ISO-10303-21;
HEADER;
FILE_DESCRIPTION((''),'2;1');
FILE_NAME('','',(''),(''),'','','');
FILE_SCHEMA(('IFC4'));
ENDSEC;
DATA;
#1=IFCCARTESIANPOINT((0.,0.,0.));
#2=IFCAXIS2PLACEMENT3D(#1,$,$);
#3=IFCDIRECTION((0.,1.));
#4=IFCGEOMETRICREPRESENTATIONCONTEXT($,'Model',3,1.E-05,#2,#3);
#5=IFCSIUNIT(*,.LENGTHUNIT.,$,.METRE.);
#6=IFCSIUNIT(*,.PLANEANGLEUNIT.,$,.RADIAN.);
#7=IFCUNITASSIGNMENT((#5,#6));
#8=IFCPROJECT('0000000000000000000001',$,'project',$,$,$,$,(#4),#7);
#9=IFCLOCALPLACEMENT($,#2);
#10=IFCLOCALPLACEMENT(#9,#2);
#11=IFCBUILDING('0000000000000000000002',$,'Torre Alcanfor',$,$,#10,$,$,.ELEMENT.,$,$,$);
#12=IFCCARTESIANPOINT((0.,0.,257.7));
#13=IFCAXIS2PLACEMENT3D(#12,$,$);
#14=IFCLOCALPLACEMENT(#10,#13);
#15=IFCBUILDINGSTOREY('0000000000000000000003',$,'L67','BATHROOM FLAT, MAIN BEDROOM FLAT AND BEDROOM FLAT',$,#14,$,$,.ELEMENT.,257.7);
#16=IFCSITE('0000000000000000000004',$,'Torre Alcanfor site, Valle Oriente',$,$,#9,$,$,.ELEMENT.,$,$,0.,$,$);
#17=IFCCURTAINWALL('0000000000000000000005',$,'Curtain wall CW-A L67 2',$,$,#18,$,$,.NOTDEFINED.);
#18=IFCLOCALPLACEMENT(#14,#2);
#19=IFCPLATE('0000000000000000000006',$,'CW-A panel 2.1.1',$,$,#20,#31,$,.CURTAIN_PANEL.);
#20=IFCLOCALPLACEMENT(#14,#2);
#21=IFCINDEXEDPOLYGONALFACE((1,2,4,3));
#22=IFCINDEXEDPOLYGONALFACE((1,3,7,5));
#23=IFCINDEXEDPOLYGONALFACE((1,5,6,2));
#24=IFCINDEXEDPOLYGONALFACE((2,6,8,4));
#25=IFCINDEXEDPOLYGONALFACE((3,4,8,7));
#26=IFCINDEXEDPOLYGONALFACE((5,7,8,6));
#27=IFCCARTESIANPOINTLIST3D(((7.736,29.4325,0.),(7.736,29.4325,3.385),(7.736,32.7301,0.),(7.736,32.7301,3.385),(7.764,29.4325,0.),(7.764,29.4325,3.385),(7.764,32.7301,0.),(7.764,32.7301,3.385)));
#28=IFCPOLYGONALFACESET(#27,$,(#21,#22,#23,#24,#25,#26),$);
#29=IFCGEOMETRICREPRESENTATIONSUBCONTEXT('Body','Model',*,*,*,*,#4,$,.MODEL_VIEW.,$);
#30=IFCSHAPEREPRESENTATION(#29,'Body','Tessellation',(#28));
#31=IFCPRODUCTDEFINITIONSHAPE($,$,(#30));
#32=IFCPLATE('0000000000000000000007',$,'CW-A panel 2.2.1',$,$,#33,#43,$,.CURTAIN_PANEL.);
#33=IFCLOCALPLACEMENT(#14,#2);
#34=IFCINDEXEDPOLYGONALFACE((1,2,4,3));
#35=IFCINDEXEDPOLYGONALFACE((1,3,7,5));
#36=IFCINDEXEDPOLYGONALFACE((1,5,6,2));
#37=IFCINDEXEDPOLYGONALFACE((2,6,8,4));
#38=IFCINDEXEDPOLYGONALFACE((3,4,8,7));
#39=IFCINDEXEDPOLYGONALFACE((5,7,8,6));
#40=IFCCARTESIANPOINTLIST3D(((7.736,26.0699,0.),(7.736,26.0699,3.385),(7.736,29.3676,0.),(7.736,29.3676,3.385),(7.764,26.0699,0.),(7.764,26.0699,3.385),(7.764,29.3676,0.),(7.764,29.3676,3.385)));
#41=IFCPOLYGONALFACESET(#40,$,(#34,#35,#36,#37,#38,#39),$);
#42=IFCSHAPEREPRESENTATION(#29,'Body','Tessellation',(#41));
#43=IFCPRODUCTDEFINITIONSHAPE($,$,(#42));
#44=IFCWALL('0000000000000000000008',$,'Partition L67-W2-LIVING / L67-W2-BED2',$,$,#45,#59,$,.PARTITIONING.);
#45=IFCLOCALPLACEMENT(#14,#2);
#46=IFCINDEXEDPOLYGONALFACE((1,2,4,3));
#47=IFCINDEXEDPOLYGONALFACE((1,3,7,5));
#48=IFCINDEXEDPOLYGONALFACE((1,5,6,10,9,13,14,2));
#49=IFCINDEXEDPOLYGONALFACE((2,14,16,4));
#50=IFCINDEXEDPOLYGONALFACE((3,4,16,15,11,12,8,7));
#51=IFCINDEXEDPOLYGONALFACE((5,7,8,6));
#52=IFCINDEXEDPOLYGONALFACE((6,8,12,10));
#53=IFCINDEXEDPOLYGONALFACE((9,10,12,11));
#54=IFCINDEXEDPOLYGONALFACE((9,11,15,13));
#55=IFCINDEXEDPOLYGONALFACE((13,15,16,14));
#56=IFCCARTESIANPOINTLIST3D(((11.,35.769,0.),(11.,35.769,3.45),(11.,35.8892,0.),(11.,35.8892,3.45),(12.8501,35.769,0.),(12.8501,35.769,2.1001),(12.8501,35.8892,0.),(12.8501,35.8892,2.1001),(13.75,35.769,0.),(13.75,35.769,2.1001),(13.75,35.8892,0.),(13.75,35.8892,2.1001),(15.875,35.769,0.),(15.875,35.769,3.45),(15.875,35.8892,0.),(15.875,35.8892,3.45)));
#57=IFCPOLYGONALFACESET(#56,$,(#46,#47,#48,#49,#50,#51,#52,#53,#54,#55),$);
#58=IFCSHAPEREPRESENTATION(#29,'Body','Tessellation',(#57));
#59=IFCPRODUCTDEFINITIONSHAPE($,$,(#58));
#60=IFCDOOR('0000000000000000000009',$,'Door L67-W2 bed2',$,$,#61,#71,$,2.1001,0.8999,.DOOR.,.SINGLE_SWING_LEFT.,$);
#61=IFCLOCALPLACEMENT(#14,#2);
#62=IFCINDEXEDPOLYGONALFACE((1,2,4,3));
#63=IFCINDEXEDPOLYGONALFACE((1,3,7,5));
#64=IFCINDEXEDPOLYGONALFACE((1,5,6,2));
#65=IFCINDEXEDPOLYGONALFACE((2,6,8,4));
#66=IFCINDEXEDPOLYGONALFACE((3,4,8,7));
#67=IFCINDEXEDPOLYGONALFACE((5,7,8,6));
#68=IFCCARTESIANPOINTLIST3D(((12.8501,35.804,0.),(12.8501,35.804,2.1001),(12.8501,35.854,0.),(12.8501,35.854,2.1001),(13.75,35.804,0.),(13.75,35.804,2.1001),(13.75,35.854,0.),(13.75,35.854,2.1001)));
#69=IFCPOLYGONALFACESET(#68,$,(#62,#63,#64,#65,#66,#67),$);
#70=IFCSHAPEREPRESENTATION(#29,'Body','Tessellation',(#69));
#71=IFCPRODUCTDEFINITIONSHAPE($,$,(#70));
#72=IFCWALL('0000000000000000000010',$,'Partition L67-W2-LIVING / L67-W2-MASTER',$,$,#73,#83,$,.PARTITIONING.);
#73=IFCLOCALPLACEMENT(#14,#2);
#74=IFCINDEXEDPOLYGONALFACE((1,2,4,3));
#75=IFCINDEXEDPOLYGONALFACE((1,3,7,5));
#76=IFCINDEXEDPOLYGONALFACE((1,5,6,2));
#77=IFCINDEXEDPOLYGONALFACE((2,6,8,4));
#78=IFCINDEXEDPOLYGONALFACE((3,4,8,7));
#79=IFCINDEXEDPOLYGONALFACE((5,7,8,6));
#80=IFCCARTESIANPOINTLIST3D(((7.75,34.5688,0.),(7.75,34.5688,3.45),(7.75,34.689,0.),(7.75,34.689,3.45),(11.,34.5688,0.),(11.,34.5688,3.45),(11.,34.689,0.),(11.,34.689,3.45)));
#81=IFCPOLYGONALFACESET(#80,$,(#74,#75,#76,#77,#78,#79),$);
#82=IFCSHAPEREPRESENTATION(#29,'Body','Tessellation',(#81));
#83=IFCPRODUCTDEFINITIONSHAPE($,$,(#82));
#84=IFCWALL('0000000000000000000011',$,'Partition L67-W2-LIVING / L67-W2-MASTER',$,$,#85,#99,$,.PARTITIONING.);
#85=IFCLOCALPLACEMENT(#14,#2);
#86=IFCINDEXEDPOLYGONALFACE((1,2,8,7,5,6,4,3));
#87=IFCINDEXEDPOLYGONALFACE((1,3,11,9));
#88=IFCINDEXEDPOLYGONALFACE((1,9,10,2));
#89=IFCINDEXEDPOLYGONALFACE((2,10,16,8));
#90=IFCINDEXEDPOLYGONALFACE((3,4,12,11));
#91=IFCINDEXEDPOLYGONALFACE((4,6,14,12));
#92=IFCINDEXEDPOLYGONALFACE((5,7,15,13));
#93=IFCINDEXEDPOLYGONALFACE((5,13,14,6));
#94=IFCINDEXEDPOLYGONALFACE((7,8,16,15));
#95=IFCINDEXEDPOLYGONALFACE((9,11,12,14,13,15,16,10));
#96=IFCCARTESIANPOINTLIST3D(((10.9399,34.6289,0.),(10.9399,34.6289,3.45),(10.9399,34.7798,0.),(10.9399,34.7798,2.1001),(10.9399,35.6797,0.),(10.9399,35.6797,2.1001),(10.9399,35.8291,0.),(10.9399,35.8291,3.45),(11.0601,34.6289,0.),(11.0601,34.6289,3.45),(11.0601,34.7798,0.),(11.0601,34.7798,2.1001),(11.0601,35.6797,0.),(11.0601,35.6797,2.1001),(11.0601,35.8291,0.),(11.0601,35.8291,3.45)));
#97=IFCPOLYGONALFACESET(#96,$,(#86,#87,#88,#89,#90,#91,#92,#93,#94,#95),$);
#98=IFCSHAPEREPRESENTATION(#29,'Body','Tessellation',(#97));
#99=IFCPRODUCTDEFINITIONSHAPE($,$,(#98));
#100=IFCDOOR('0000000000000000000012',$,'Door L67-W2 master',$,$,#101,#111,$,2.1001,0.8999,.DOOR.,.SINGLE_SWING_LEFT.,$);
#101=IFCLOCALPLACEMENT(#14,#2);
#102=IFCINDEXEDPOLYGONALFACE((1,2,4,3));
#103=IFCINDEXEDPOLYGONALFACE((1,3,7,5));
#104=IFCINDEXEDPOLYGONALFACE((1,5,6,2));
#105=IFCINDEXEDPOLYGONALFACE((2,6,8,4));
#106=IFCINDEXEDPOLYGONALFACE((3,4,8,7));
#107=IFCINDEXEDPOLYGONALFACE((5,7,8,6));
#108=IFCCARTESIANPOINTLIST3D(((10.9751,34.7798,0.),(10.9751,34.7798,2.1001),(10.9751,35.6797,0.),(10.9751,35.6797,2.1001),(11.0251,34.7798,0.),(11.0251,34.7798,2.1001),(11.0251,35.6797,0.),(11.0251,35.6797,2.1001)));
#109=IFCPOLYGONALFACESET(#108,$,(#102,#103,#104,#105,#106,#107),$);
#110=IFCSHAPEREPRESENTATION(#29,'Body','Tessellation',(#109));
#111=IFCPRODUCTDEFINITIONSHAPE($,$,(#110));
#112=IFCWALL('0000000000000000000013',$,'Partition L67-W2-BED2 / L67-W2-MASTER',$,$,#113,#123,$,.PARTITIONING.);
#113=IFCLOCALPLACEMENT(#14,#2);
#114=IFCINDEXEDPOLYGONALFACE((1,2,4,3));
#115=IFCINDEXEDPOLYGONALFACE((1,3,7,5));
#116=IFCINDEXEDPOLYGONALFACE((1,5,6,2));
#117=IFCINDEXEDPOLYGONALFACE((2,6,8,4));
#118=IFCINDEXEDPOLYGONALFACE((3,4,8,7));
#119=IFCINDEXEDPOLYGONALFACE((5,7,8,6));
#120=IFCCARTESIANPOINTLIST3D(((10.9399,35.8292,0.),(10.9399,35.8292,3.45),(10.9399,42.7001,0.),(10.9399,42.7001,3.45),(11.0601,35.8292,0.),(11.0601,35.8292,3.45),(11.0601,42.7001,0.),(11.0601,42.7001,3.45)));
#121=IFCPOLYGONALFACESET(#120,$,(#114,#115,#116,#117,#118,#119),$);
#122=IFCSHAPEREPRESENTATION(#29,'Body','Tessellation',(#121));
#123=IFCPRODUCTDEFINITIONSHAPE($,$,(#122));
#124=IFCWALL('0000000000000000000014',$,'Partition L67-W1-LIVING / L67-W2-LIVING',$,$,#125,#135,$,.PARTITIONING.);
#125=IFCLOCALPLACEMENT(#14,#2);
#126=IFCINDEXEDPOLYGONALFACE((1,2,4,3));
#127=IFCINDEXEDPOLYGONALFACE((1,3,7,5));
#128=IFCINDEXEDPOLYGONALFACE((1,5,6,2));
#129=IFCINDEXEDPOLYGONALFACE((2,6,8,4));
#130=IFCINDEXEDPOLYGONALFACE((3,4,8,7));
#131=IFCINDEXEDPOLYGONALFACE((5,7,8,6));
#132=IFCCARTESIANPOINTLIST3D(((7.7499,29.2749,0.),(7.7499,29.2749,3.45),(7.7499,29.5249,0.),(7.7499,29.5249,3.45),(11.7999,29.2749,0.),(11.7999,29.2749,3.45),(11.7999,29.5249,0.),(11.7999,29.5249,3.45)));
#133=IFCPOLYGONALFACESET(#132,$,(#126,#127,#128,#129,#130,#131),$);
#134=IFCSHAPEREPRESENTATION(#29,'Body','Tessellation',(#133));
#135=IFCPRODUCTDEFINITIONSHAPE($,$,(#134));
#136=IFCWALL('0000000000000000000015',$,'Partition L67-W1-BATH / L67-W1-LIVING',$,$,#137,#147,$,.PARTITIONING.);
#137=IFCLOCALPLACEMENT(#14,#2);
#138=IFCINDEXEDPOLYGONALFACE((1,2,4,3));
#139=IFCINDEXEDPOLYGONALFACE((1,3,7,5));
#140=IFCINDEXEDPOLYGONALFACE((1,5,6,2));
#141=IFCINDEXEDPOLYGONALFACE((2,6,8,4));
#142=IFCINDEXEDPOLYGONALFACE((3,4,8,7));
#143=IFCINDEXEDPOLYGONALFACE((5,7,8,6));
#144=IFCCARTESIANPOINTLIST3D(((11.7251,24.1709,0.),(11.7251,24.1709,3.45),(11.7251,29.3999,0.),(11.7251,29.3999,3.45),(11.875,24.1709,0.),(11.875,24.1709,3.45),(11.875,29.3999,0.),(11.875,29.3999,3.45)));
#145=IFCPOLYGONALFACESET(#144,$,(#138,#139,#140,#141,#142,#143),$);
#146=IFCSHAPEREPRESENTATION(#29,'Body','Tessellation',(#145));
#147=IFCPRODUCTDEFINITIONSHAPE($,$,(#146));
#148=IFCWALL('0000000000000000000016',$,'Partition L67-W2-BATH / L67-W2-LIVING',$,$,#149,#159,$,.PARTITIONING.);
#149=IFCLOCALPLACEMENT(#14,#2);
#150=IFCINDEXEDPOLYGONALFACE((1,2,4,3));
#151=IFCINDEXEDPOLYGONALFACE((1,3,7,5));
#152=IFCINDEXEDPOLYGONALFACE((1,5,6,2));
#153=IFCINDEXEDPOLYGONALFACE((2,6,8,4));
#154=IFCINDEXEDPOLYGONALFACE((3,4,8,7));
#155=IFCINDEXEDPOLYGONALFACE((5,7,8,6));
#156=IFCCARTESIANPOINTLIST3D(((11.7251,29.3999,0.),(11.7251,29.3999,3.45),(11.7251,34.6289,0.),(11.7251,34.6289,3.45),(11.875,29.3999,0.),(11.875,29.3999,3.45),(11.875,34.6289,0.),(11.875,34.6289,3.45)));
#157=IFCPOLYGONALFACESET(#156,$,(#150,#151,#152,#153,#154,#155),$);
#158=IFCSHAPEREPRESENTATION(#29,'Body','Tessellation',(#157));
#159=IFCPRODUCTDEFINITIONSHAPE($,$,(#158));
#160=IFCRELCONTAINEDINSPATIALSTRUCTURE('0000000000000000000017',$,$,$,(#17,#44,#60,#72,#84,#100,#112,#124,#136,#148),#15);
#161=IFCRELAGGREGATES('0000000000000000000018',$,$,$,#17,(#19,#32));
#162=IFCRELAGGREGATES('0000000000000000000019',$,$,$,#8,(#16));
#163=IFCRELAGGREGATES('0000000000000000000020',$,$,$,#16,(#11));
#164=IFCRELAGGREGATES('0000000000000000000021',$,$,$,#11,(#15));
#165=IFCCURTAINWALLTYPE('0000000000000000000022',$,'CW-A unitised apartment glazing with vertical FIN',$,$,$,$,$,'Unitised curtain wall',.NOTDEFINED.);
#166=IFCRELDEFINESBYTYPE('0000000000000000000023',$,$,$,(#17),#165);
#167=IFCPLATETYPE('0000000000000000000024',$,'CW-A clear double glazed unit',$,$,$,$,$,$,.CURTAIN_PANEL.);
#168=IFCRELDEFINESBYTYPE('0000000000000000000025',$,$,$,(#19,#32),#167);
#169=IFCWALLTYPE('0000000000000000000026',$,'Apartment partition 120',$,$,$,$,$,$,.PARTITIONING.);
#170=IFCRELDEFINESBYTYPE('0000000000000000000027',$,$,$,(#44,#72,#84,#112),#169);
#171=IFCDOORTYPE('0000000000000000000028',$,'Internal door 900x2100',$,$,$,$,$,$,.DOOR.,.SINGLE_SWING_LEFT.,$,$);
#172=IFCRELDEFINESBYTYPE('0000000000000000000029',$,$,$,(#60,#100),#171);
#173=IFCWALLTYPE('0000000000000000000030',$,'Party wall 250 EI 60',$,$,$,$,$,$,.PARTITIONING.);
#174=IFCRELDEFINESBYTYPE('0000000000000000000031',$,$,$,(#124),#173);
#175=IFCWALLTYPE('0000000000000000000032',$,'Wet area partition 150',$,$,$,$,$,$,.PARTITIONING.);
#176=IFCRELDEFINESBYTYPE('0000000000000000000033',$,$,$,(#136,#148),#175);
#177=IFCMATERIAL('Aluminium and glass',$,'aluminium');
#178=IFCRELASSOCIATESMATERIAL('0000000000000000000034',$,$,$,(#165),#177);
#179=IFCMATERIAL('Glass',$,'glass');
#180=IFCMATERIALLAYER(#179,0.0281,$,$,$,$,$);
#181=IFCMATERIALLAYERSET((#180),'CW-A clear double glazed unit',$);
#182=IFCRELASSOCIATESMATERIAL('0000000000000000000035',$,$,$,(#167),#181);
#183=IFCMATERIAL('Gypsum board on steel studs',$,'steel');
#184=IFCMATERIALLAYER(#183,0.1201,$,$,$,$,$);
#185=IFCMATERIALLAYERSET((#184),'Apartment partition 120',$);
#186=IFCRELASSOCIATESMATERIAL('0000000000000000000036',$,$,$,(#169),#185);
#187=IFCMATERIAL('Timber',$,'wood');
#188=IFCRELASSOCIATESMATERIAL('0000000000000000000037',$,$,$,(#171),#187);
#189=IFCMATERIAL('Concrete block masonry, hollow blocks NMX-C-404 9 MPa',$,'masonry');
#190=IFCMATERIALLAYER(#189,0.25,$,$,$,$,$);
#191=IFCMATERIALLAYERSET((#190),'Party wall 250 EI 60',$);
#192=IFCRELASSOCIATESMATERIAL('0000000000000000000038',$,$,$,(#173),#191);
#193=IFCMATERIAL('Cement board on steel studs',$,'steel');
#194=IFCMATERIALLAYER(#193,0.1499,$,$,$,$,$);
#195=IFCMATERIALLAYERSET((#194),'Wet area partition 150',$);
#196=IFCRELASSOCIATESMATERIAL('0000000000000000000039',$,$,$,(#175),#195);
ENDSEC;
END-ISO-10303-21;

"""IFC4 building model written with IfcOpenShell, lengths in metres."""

from ifc_helpers import new_model, si_unit, direction, frame, frame_2d, origin, origin_2d, place, context, subcontext, project, spatial, rectangle, extrude, material, layer, layer_set, type_object, element, fill, aggregate, save


model = new_model("IFC4")

# Units and contexts
model_context = context("Model", 3, precision=1e-05, world=origin(), true_north=direction((0.0, 1.0)))
body_context = subcontext(model_context, "Body", "Model", "MODEL_VIEW")
ifc_project = project(units=[si_unit("LENGTHUNIT", "METRE"), si_unit("PLANEANGLEUNIT", "RADIAN")], contexts=[model_context])

# Site, building, storey
site_placement = place(None, origin())
site = spatial("IfcSite", under=ifc_project, at=site_placement, Name="Torre Alcanfor site, Valle Oriente", CompositionType="ELEMENT", RefElevation=0.0)
building_placement = place(site_placement, origin())
building = spatial("IfcBuilding", under=site, at=building_placement, Name="Torre Alcanfor", CompositionType="ELEMENT")
storey_placement = place(building_placement, frame((0.0, 0.0, 257.7)))
storey = spatial("IfcBuildingStorey", under=building, at=storey_placement, Name="L67", Description="BATHROOM FLAT, MAIN BEDROOM FLAT AND BEDROOM FLAT", CompositionType="ELEMENT", Elevation=257.7)

# Curtain wall
ifc_material_1 = material(Name="Aluminium and glass", Category="aluminium")
curtain_wall_type = type_object("IfcCurtainWallType", Name="CW-A unitised apartment glazing with vertical FIN", ElementType="Unitised curtain wall", PredefinedType="NOTDEFINED", material=ifc_material_1)
curtain_wall_placement = place(storey_placement, origin())
curtain_wall = element("IfcCurtainWall", 1, at=curtain_wall_placement, inside=storey, type_object=curtain_wall_type, Name="Curtain wall CW-A L67 2", PredefinedType="NOTDEFINED")

# Plates
ifc_material_2 = material(Name="Glass", Category="glass")
ifc_layer_1 = layer(ifc_material_2, 0.0281)
ifc_layer_set_1 = layer_set([ifc_layer_1], Name="CW-A clear double glazed unit")
plate_type = type_object("IfcPlateType", Name="CW-A clear double glazed unit", PredefinedType="CURTAIN_PANEL", material=ifc_layer_set_1)
plate_1_placement = place(storey_placement, frame((7.75, 31.0813, 0.0), z_axis=(0.0, 0.0, 1.0), x_axis=(0.0, -1.0, 0.0)))
plate_1 = element("IfcPlate", 2, at=plate_1_placement, type_object=plate_type, Name="CW-A panel 2.1.1", PredefinedType="CURTAIN_PANEL", context=body_context, shape_type="SweptSolid", body=[
    extrude(rectangle(XDim=3.2976, YDim=0.0281, at=origin_2d()), origin(), (0.0, 0.0, 1.0), 3.385),
])
plate_2_placement = place(storey_placement, frame((7.75, 27.7188, 0.0), z_axis=(0.0, 0.0, 1.0), x_axis=(0.0, -1.0, 0.0)))
plate_2 = element("IfcPlate", 3, at=plate_2_placement, type_object=plate_type, Name="CW-A panel 2.2.1", PredefinedType="CURTAIN_PANEL", context=body_context, shape_type="SweptSolid", body=[
    extrude(rectangle(XDim=3.2976, YDim=0.0281, at=origin_2d()), origin(), (0.0, 0.0, 1.0), 3.385),
])
aggregate(curtain_wall, [plate_1, plate_2])

# Wall, opening, door
ifc_material_3 = material(Name="Gypsum board on steel studs", Category="steel")
ifc_layer_2 = layer(ifc_material_3, 0.1201)
ifc_layer_set_2 = layer_set([ifc_layer_2], Name="Apartment partition 120")
wall_type_1 = type_object("IfcWallType", Name="Apartment partition 120", PredefinedType="PARTITIONING", material=ifc_layer_set_2)
wall_1_placement = place(storey_placement, frame((11.0, 35.8291, 0.0), z_axis=(0.0, 0.0, 1.0), x_axis=(1.0, 0.0, 0.0)))
wall_1 = element("IfcWall", 4, at=wall_1_placement, inside=storey, type_object=wall_type_1, Name="Partition L67-W2-LIVING / L67-W2-BED2", PredefinedType="PARTITIONING", context=body_context, shape_type="SweptSolid", body=[
    extrude(rectangle(XDim=4.875, YDim=0.1201, at=frame_2d((2.4375, 0.0))), origin(), (0.0, 0.0, 1.0), 3.45),
])
opening_1_placement = place(wall_1_placement, frame((1.8501, 0.0, 0.0)))
opening_1 = element("IfcOpeningElement", 5, at=opening_1_placement, cuts=wall_1, PredefinedType="OPENING", context=body_context, shape_type="SweptSolid", body=[
    extrude(rectangle(XDim=0.8999, YDim=2.1001, at=frame_2d((0.45, 1.05))), frame((0.0, 0.0701, 0.0), z_axis=(0.0, -1.0, 0.0), x_axis=(1.0, 0.0, 0.0)), (0.0, 0.0, 1.0), 0.1401),
])
ifc_material_4 = material(Name="Timber", Category="wood")
door_type_1 = type_object("IfcDoorType", Name="Internal door 900x2100", OperationType="SINGLE_SWING_LEFT", PredefinedType="DOOR", material=ifc_material_4)
door_1_placement = place(opening_1_placement, origin())
door_1 = element("IfcDoor", 6, at=door_1_placement, inside=storey, type_object=door_type_1, Name="Door L67-W2 bed2", OperationType="SINGLE_SWING_LEFT", OverallHeight=2.1001, OverallWidth=0.8999, PredefinedType="DOOR", context=body_context, shape_type="SweptSolid", body=[
    extrude(rectangle(XDim=0.8999, YDim=2.1001, at=frame_2d((0.45, 1.05))), frame((0.0, 0.0249, 0.0), z_axis=(0.0, -1.0, 0.0), x_axis=(1.0, 0.0, 0.0)), (0.0, 0.0, 1.0), 0.05),
])
fill(opening_1, door_1)

# Wall
wall_2_placement = place(storey_placement, frame((7.75, 34.6289, 0.0), z_axis=(0.0, 0.0, 1.0), x_axis=(1.0, 0.0, 0.0)))
element("IfcWall", 7, at=wall_2_placement, inside=storey, type_object=wall_type_1, Name="Partition L67-W2-LIVING / L67-W2-MASTER", PredefinedType="PARTITIONING", context=body_context, shape_type="SweptSolid", body=[
    extrude(rectangle(XDim=3.25, YDim=0.1201, at=frame_2d((1.625, 0.0))), origin(), (0.0, 0.0, 1.0), 3.45),
])

# Wall, opening, door
wall_3_placement = place(storey_placement, frame((11.0, 34.6289, 0.0), z_axis=(0.0, 0.0, 1.0), x_axis=(0.0, 1.0, 0.0)))
wall_3 = element("IfcWall", 8, at=wall_3_placement, inside=storey, type_object=wall_type_1, Name="Partition L67-W2-LIVING / L67-W2-MASTER", PredefinedType="PARTITIONING", context=body_context, shape_type="SweptSolid", body=[
    extrude(rectangle(XDim=1.2002, YDim=0.1201, at=frame_2d((0.6001, 0.0))), origin(), (0.0, 0.0, 1.0), 3.45),
])
opening_2_placement = place(wall_3_placement, frame((0.1509, 0.0, 0.0)))
opening_2 = element("IfcOpeningElement", 9, at=opening_2_placement, cuts=wall_3, PredefinedType="OPENING", context=body_context, shape_type="SweptSolid", body=[
    extrude(rectangle(XDim=0.8999, YDim=2.1001, at=frame_2d((0.45, 1.05))), frame((0.0, 0.0701, 0.0), z_axis=(0.0, -1.0, 0.0), x_axis=(1.0, 0.0, 0.0)), (0.0, 0.0, 1.0), 0.1401),
])
door_2_placement = place(opening_2_placement, origin())
door_2 = element("IfcDoor", 10, at=door_2_placement, inside=storey, type_object=door_type_1, Name="Door L67-W2 master", OperationType="SINGLE_SWING_LEFT", OverallHeight=2.1001, OverallWidth=0.8999, PredefinedType="DOOR", context=body_context, shape_type="SweptSolid", body=[
    extrude(rectangle(XDim=0.8999, YDim=2.1001, at=frame_2d((0.45, 1.05))), frame((0.0, 0.0249, 0.0), z_axis=(0.0, -1.0, 0.0), x_axis=(1.0, 0.0, 0.0)), (0.0, 0.0, 1.0), 0.05),
])
fill(opening_2, door_2)

# Walls
wall_4_placement = place(storey_placement, frame((11.0, 35.8291, 0.0), z_axis=(0.0, 0.0, 1.0), x_axis=(0.0, 1.0, 0.0)))
element("IfcWall", 11, at=wall_4_placement, inside=storey, type_object=wall_type_1, Name="Partition L67-W2-BED2 / L67-W2-MASTER", PredefinedType="PARTITIONING", context=body_context, shape_type="SweptSolid", body=[
    extrude(rectangle(XDim=6.8708, YDim=0.1201, at=frame_2d((3.4355, 0.0))), origin(), (0.0, 0.0, 1.0), 3.45),
])
ifc_material_5 = material(Name="Concrete block masonry, hollow blocks NMX-C-404 9 MPa", Category="masonry")
ifc_layer_3 = layer(ifc_material_5, 0.25)
ifc_layer_set_3 = layer_set([ifc_layer_3], Name="Party wall 250 EI 60")
wall_type_2 = type_object("IfcWallType", Name="Party wall 250 EI 60", PredefinedType="PARTITIONING", material=ifc_layer_set_3)
wall_5_placement = place(storey_placement, frame((7.75, 29.3999, 0.0), z_axis=(0.0, 0.0, 1.0), x_axis=(1.0, 0.0, 0.0)))
element("IfcWall", 12, at=wall_5_placement, inside=storey, type_object=wall_type_2, Name="Partition L67-W1-LIVING / L67-W2-LIVING", PredefinedType="PARTITIONING", context=body_context, shape_type="SweptSolid", body=[
    extrude(rectangle(XDim=4.05, YDim=0.25, at=frame_2d((2.0249, 0.0))), origin(), (0.0, 0.0, 1.0), 3.45),
])
ifc_material_6 = material(Name="Cement board on steel studs", Category="steel")
ifc_layer_4 = layer(ifc_material_6, 0.1499)
ifc_layer_set_4 = layer_set([ifc_layer_4], Name="Wet area partition 150")
wall_type_3 = type_object("IfcWallType", Name="Wet area partition 150", PredefinedType="PARTITIONING", material=ifc_layer_set_4)
for number, where, z_axis, x_axis, name in (
    (13, (11.8, 29.3999, 0.0), (0.0, 0.0, 1.0), (0.0, -1.0, 0.0), "Partition L67-W1-BATH / L67-W1-LIVING"),
    (14, (11.8, 29.3999, 0.0), (0.0, 0.0, 1.0), (0.0, 1.0, 0.0), "Partition L67-W2-BATH / L67-W2-LIVING"),
):
    element("IfcWall", number, at=place(storey_placement, frame(where, z_axis=z_axis, x_axis=x_axis)), inside=storey, type_object=wall_type_3, Name=name, PredefinedType="PARTITIONING", context=body_context, shape_type="SweptSolid", body=[
        extrude(rectangle(XDim=5.229, YDim=0.1499, at=frame_2d((2.6145, 0.0))), origin(), (0.0, 0.0, 1.0), 3.45),
    ])

save(model, "model.ifc")
